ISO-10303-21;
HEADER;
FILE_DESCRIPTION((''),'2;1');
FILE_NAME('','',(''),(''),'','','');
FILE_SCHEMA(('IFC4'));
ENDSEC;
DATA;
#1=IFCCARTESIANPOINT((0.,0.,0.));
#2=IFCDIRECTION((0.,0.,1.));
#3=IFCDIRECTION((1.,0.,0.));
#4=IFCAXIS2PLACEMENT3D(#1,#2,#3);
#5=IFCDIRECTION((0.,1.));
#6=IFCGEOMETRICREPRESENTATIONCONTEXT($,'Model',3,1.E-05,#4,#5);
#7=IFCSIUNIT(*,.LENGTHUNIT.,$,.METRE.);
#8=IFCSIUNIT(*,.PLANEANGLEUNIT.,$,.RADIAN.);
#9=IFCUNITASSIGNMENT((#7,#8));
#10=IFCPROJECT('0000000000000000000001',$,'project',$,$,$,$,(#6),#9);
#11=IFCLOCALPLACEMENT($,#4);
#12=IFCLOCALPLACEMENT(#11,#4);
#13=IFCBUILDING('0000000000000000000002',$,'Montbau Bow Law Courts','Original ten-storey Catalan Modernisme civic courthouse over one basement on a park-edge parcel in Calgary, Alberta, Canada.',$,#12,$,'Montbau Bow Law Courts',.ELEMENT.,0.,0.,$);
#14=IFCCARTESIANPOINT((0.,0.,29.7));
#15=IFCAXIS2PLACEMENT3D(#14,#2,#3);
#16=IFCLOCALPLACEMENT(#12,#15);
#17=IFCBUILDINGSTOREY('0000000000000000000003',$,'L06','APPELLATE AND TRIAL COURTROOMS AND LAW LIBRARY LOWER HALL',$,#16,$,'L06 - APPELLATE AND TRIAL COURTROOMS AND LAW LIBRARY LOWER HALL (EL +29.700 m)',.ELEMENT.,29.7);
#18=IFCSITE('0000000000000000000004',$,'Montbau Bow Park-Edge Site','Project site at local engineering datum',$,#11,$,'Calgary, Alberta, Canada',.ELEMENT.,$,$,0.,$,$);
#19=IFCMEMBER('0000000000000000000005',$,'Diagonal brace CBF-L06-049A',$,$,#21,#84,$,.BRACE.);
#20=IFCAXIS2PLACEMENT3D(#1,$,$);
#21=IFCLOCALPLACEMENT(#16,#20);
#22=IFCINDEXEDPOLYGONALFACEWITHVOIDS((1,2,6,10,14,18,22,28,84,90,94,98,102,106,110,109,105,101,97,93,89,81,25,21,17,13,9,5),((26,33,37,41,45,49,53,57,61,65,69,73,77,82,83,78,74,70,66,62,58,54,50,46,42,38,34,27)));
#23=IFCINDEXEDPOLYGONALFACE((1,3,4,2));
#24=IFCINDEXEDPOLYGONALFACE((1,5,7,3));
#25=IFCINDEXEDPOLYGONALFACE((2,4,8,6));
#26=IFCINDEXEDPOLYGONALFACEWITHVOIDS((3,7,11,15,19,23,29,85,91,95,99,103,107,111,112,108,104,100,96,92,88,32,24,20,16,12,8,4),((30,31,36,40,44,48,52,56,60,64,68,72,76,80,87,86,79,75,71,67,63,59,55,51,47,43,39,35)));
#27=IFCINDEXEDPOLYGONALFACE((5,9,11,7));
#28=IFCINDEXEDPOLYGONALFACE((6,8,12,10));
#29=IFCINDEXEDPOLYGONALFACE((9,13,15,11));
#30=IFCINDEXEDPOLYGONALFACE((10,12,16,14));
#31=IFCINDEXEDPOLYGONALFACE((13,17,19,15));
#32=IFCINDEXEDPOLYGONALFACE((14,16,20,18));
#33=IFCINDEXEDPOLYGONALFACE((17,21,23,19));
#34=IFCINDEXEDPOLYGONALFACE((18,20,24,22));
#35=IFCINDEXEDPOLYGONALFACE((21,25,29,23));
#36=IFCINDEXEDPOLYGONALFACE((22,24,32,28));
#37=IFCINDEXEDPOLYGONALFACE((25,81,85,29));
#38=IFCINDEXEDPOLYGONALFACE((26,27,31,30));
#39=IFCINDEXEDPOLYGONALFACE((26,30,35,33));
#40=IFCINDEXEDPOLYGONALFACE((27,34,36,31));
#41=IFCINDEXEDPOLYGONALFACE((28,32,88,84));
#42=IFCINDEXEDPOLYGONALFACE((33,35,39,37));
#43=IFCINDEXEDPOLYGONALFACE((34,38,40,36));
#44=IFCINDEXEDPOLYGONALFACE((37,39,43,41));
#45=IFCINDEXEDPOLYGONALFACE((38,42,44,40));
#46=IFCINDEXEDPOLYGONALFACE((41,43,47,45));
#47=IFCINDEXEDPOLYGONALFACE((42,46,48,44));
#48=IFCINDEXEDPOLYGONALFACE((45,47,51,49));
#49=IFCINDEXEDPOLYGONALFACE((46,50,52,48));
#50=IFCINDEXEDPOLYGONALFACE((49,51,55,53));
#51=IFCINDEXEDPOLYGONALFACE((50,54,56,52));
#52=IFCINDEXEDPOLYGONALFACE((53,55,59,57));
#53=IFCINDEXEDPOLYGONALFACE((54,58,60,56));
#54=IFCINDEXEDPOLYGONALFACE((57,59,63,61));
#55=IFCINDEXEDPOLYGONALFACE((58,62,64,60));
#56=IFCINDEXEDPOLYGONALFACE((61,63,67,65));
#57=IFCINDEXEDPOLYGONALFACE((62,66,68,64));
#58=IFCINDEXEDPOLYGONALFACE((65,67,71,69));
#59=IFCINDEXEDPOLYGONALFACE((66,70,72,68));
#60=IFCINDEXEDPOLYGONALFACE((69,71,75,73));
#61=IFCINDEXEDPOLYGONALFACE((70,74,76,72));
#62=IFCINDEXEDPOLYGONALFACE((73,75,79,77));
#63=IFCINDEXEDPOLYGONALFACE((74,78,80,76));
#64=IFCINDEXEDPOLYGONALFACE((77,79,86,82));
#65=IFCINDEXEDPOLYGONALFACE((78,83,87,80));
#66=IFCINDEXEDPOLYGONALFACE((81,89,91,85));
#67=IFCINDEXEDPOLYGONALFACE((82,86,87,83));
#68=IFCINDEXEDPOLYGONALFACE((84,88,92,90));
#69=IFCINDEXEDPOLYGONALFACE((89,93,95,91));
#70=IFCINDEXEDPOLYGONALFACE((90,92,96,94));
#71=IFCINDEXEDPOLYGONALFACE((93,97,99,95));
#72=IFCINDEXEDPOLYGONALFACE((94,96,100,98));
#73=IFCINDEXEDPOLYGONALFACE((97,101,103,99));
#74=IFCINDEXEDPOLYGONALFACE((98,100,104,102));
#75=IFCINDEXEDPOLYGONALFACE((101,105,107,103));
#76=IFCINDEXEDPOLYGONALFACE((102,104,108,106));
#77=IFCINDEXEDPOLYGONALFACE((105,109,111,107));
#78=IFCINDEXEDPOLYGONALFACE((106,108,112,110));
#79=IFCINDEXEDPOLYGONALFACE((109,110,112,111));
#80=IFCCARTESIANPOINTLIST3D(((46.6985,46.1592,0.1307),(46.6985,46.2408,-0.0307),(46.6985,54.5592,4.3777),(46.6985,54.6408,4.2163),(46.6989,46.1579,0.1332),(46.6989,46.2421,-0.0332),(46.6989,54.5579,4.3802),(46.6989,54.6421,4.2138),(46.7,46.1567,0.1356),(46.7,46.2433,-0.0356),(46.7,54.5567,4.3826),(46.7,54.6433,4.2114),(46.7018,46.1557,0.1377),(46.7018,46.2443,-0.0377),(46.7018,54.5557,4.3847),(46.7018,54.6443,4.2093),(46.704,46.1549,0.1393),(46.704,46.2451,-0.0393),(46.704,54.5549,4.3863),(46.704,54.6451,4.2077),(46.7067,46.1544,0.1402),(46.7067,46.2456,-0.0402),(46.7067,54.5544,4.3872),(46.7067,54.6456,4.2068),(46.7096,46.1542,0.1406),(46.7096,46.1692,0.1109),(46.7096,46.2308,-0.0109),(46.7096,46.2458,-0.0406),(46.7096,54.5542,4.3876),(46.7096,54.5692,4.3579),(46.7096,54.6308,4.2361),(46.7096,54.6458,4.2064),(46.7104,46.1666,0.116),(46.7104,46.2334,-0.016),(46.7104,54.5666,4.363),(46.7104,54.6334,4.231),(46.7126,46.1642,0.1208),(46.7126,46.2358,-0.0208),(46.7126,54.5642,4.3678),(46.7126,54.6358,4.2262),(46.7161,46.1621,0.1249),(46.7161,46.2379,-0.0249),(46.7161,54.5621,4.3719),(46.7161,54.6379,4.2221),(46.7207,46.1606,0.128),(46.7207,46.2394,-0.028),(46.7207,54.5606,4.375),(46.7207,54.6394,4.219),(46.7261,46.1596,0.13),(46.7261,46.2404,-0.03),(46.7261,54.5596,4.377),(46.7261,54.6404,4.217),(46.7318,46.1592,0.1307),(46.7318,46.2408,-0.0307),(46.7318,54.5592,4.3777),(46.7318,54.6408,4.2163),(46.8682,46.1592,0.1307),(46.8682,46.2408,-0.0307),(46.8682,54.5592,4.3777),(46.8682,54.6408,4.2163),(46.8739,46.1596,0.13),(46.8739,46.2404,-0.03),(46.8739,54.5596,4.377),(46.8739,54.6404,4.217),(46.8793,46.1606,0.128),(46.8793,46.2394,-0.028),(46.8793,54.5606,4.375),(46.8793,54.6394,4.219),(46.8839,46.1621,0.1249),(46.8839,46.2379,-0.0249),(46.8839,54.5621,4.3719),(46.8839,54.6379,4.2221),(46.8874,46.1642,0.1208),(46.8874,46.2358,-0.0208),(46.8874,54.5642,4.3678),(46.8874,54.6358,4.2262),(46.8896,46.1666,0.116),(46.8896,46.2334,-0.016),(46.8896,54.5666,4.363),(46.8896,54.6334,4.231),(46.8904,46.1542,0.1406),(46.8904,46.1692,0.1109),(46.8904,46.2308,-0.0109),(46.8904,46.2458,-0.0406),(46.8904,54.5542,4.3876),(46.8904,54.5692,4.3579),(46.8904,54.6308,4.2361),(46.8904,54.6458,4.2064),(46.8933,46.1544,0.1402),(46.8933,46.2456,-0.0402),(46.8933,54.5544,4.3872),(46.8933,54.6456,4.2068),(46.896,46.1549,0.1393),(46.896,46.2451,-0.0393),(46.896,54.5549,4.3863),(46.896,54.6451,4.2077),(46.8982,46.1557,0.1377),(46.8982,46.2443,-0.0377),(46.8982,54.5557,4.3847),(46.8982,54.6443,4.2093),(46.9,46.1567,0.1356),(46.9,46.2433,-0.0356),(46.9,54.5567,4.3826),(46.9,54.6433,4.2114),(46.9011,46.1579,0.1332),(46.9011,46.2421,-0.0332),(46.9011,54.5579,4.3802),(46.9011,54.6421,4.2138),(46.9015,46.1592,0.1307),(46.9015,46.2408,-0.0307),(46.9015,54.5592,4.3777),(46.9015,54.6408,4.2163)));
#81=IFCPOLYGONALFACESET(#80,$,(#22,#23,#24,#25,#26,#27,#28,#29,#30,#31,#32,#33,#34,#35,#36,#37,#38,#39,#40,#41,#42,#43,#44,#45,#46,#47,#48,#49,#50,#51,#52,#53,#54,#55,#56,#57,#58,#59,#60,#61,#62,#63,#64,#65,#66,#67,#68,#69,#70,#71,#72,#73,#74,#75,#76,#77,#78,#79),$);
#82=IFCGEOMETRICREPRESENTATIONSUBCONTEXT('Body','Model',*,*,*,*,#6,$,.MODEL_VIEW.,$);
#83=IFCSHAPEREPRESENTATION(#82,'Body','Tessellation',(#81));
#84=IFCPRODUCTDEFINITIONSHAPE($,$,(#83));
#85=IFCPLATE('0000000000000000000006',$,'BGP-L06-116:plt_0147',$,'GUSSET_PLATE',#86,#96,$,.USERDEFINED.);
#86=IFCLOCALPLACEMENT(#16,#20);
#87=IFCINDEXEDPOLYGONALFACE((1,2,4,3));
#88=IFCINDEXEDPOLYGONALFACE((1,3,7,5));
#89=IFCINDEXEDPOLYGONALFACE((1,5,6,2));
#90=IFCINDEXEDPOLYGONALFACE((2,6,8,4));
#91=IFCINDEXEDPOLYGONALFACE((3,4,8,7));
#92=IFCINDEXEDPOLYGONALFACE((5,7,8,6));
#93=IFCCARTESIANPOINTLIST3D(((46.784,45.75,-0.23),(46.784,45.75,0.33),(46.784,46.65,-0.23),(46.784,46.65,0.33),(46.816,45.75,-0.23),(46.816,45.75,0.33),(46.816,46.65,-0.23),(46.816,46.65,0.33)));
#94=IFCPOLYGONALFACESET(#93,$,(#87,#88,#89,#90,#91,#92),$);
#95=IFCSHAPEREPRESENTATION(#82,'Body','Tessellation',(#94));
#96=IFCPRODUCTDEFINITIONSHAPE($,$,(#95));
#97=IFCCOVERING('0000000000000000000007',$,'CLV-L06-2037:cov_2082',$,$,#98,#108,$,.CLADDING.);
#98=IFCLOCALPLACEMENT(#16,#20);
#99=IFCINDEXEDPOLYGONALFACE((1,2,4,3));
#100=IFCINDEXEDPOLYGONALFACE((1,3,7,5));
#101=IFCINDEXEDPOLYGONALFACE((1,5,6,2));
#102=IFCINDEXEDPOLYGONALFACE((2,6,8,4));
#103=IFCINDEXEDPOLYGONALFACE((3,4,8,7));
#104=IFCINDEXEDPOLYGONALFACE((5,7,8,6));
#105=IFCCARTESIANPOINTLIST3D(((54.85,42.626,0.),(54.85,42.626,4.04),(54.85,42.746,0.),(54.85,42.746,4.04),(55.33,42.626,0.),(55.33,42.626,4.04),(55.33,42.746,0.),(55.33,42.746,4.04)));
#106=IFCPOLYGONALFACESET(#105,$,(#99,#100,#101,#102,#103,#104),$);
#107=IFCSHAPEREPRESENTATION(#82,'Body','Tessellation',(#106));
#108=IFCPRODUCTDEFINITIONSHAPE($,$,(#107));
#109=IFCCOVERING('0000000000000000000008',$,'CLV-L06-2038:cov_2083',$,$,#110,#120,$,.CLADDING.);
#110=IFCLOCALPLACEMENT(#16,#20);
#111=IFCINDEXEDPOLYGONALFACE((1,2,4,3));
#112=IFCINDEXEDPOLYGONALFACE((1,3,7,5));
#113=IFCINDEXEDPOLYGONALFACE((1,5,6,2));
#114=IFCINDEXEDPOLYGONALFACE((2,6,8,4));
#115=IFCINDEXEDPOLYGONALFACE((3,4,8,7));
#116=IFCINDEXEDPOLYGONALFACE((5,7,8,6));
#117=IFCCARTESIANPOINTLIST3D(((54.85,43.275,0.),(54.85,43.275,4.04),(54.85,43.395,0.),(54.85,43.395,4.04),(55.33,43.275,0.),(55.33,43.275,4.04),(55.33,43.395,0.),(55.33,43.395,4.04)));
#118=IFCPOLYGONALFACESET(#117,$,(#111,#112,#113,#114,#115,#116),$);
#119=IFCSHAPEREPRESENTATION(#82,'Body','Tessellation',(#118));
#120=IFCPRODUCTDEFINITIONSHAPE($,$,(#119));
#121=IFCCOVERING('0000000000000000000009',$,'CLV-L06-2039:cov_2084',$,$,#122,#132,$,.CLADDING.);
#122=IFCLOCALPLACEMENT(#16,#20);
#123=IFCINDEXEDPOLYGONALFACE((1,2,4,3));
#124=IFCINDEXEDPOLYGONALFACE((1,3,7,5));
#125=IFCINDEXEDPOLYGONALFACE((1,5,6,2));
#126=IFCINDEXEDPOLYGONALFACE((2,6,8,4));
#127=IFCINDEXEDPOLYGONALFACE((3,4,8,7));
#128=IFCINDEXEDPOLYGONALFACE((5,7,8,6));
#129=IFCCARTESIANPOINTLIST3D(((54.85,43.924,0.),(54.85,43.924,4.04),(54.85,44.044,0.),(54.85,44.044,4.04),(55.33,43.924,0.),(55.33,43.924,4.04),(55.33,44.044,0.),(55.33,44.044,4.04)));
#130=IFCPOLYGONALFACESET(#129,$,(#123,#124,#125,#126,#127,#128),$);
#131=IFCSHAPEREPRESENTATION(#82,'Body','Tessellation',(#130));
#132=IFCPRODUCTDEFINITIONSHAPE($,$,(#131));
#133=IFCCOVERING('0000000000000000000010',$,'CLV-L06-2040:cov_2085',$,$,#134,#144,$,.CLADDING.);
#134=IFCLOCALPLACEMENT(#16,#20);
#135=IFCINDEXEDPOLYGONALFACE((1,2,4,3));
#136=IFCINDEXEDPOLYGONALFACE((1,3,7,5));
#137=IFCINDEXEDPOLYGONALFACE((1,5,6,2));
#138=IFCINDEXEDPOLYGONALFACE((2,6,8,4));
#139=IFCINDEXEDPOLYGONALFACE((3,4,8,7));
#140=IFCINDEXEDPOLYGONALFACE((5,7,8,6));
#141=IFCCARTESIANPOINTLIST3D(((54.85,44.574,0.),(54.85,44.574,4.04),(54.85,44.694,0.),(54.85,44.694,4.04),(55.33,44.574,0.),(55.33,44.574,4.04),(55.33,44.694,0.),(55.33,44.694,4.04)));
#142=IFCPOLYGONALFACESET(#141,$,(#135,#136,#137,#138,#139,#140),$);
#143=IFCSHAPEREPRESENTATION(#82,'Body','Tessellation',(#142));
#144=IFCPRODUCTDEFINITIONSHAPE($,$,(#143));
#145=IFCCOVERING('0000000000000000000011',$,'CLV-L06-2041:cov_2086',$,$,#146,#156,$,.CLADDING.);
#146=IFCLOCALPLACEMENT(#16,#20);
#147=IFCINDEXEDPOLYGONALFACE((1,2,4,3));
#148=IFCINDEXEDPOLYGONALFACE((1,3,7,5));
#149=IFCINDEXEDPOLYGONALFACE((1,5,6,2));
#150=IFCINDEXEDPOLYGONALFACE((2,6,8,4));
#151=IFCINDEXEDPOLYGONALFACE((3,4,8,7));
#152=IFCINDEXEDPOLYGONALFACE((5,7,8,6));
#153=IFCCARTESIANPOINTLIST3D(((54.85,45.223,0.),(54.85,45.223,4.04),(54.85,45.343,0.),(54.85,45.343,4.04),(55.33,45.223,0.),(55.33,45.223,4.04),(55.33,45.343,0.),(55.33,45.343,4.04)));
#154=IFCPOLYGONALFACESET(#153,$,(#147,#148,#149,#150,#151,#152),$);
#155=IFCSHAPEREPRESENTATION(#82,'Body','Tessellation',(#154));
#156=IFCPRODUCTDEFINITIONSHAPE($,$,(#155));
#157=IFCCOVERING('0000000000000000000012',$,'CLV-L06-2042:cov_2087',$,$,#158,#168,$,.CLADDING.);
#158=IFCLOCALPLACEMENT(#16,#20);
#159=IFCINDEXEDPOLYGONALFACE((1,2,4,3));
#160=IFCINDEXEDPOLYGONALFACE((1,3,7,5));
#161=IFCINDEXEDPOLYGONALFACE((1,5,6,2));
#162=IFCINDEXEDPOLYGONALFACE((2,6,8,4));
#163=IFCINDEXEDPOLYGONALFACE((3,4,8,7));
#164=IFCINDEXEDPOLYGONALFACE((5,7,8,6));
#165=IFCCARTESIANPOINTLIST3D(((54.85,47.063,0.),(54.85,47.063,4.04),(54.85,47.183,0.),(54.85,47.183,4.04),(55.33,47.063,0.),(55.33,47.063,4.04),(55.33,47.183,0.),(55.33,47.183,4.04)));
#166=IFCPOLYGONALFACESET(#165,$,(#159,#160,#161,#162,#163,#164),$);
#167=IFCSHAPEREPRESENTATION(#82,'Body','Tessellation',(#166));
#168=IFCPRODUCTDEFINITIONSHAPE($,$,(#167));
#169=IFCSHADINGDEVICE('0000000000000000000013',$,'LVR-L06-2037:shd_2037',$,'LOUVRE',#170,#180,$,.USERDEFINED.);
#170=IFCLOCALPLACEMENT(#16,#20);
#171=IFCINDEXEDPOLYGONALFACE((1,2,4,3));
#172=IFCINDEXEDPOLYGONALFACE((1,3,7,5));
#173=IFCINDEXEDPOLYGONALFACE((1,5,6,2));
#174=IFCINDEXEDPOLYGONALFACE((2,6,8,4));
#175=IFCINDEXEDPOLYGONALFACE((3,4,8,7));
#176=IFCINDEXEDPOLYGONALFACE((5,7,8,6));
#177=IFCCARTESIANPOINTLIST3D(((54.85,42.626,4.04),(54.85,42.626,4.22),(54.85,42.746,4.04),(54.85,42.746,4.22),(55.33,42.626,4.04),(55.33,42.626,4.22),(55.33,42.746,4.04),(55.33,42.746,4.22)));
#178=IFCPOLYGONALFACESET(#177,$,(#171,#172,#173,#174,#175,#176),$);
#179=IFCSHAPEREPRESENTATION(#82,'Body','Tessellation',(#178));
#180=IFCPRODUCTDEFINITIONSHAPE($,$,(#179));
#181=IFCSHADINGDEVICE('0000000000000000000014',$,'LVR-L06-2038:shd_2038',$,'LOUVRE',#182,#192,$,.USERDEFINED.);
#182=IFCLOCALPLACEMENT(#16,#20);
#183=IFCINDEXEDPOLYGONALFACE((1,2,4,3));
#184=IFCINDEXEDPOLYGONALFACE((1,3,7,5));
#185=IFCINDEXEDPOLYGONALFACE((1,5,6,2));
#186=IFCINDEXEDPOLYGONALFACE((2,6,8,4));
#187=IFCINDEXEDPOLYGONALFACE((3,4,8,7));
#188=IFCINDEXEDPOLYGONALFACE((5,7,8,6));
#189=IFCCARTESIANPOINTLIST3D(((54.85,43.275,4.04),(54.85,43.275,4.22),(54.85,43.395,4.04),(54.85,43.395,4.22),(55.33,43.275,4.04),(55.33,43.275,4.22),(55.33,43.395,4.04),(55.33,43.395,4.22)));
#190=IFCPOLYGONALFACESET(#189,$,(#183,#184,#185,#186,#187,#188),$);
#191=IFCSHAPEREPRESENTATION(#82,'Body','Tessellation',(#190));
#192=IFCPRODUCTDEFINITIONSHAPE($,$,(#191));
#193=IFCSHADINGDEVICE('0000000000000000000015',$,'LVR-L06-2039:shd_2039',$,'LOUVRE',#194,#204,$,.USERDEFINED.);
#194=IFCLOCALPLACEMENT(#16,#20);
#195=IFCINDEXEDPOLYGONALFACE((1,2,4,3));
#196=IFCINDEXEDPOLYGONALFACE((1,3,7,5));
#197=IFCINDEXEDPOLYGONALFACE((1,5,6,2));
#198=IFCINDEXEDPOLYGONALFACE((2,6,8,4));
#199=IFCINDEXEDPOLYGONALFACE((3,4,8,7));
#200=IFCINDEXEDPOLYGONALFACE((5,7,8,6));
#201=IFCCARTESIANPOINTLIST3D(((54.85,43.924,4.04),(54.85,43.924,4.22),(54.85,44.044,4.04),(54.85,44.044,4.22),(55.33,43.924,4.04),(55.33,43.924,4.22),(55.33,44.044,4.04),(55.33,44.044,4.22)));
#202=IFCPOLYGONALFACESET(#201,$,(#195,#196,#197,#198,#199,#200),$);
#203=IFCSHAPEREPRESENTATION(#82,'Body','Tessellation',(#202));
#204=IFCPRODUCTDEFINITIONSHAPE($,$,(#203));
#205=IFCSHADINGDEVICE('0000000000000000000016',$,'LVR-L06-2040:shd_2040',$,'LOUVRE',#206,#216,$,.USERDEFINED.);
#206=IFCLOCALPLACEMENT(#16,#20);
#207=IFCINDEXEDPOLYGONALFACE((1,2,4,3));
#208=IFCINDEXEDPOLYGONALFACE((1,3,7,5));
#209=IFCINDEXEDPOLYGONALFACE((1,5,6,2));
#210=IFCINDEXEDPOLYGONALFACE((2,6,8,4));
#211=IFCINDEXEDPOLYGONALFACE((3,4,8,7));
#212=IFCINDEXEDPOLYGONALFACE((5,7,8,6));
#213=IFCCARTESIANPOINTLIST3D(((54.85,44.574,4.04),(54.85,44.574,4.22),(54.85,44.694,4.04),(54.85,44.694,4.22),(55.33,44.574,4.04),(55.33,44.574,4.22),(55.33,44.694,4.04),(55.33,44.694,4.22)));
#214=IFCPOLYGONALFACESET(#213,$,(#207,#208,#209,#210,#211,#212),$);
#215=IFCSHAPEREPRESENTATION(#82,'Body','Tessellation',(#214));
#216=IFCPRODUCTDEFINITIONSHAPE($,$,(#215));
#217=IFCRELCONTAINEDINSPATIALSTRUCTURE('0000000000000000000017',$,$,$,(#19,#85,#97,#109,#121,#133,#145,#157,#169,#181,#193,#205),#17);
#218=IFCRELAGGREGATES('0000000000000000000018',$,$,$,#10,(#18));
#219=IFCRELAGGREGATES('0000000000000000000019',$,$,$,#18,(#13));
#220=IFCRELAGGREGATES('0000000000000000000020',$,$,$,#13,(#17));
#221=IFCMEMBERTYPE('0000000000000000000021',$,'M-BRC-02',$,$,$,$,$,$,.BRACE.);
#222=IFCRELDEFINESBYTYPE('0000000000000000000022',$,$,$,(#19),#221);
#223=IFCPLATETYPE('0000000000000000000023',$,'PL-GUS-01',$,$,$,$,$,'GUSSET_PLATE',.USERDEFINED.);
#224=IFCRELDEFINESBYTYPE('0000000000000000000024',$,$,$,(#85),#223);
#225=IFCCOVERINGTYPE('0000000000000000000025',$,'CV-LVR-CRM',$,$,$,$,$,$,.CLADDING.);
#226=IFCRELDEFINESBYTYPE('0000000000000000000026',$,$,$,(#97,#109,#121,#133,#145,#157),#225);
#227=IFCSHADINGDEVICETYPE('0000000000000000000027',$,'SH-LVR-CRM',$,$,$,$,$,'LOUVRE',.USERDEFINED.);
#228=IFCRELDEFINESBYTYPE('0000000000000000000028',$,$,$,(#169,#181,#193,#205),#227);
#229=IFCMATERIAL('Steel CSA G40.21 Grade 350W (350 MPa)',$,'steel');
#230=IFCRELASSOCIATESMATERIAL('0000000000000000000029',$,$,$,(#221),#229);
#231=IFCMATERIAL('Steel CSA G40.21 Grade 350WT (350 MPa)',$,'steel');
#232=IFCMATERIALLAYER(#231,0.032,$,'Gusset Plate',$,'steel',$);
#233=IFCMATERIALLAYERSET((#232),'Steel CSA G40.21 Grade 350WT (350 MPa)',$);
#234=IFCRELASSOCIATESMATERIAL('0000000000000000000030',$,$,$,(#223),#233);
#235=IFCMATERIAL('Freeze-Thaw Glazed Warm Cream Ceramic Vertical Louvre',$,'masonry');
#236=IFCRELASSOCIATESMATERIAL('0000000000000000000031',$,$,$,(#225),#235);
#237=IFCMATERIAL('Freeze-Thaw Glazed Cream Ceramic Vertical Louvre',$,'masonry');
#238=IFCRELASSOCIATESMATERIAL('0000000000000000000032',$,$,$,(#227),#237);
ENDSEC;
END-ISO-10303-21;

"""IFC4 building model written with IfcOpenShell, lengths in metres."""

from ifc_helpers import new_model, si_unit, direction, frame, frame_2d, origin_with_axes, origin_2d_with_axis, place, context, subcontext, project, spatial, rectangle, hollow_rectangle, extrude, material, layer, layer_set, material_profile, profile_set, type_object, element, save


model = new_model("IFC4")

# Units and contexts
model_context = context("Model", 3, precision=1e-05, world=origin_with_axes(), true_north=direction((0.0, 1.0)))
body_context = subcontext(model_context, "Body", "Model", "MODEL_VIEW")
ifc_project = project(units=[si_unit("LENGTHUNIT", "METRE"), si_unit("PLANEANGLEUNIT", "RADIAN")], contexts=[model_context])

# Site, building, storey
site_placement = place(None, origin_with_axes())
site = spatial("IfcSite", under=ifc_project, at=site_placement, Name="Montbau Bow Park-Edge Site", Description="Project site at local engineering datum", LongName="Calgary, Alberta, Canada", CompositionType="ELEMENT", RefElevation=0.0)
building_placement = place(site_placement, origin_with_axes())
building = spatial("IfcBuilding", under=site, at=building_placement, Name="Montbau Bow Law Courts", Description="Original ten-storey Catalan Modernisme civic courthouse over one basement on a park-edge parcel in Calgary, Alberta, Canada.", LongName="Montbau Bow Law Courts", CompositionType="ELEMENT", ElevationOfRefHeight=0.0, ElevationOfTerrain=0.0)
storey_placement = place(building_placement, frame((0.0, 0.0, 29.7), z_axis=(0.0, 0.0, 1.0), x_axis=(1.0, 0.0, 0.0)))
storey = spatial("IfcBuildingStorey", under=building, at=storey_placement, Name="L06", Description="APPELLATE AND TRIAL COURTROOMS AND LAW LIBRARY LOWER HALL", LongName="L06 - APPELLATE AND TRIAL COURTROOMS AND LAW LIBRARY LOWER HALL (EL +29.700 m)", CompositionType="ELEMENT", Elevation=29.7)

# Shared definitions
ifc_material_1 = material(Name="Steel CSA G40.21 Grade 350WT (350 MPa)", Category="steel")

# Shared definitions
ifc_material_2 = material(Name="Steel CSA G40.21 Grade 350W (350 MPa)", Category="steel")

# Member
ifc_material_profile_1 = material_profile(ifc_material_2, hollow_rectangle(XDim=0.203, YDim=0.203, WallThickness=0.0111, InnerFilletRadius=0.0222, OuterFilletRadius=0.0111, at=origin_2d_with_axis()), Name="HSS203X203X11", Category="Main", Priority=0)
ifc_profile_set_1 = profile_set([ifc_material_profile_1], Name="Steel CSA G40.21 Grade 350W (350 MPa)")
member_type = type_object("IfcMemberType", Name="M-BRC-02", PredefinedType="BRACE", material=ifc_profile_set_1)
member_placement = place(None, frame((46.8, 46.2, 29.75), z_axis=(0.0, 0.892421, 0.451204), x_axis=(-1.0, 0.0, 0.0)))
element("IfcMember", 1, at=member_placement, inside=storey, type_object=member_type, Name="Diagonal brace CBF-L06-049A", PredefinedType="BRACE", context=body_context, shape_type="SweptSolid", body=[
    extrude(hollow_rectangle(XDim=0.203, YDim=0.203, WallThickness=0.0111, InnerFilletRadius=0.0222, OuterFilletRadius=0.0111, at=origin_2d_with_axis()), origin_with_axes(), (0.0, 0.0, 1.0), 9.4126),
])

# Plate
ifc_layer = layer(ifc_material_1, 0.032, Name="Gusset Plate", Category="steel")
ifc_layer_set = layer_set([ifc_layer], Name="Steel CSA G40.21 Grade 350WT (350 MPa)")
plate_type = type_object("IfcPlateType", Name="PL-GUS-01", ElementType="GUSSET_PLATE", PredefinedType="USERDEFINED", material=ifc_layer_set)
plate_placement = place(None, frame((46.8, 46.2, 29.47), z_axis=(0.0, 0.0, 1.0), x_axis=(0.0, 1.0, 0.0)))
element("IfcPlate", 2, at=plate_placement, inside=storey, type_object=plate_type, Name="BGP-L06-116:plt_0147", ObjectType="GUSSET_PLATE", PredefinedType="USERDEFINED", context=body_context, shape_type="SweptSolid", body=[
    extrude(rectangle(XDim=0.9, YDim=0.032, at=origin_2d_with_axis()), origin_with_axes(), (0.0, 0.0, 1.0), 0.56),
])

# Coverings
ifc_material_3 = material(Name="Freeze-Thaw Glazed Warm Cream Ceramic Vertical Louvre", Category="masonry")
covering_type = type_object("IfcCoveringType", Name="CV-LVR-CRM", PredefinedType="CLADDING", material=ifc_material_3)
for number, where, z_axis, x_axis, name in (
    (3, (55.33, 42.686, 29.7), (0.0, 1.0, 0.0), (-1.0, 0.0, 0.0), "CLV-L06-2037:cov_2082"),
    (4, (55.33, 43.335, 29.7), (0.0, 1.0, 0.0), (-1.0, 0.0, 0.0), "CLV-L06-2038:cov_2083"),
    (5, (55.33, 43.984, 29.7), (0.0, 1.0, 0.0), (-1.0, 0.0, 0.0), "CLV-L06-2039:cov_2084"),
    (6, (55.33, 44.634, 29.7), (0.0, 1.0, 0.0), (-1.0, 0.0, 0.0), "CLV-L06-2040:cov_2085"),
    (7, (55.33, 45.283, 29.7), (0.0, 1.0, 0.0), (-1.0, 0.0, 0.0), "CLV-L06-2041:cov_2086"),
    (8, (55.33, 47.123, 29.7), (0.0, 1.0, 0.0), (-1.0, 0.0, 0.0), "CLV-L06-2042:cov_2087"),
):
    element("IfcCovering", number, at=place(None, frame(where, z_axis=z_axis, x_axis=x_axis)), inside=storey, type_object=covering_type, Name=name, PredefinedType="CLADDING", context=body_context, shape_type="SweptSolid", body=[
        extrude(rectangle(XDim=0.48, YDim=4.04, at=frame_2d((0.24, 2.02), x_axis=(1.0, 0.0))), frame((0.0, 0.0, -0.06), z_axis=(0.0, 0.0, 1.0), x_axis=(1.0, 0.0, 0.0)), (0.0, 0.0, 1.0), 0.12),
    ])

# Shading devices
ifc_material_4 = material(Name="Freeze-Thaw Glazed Cream Ceramic Vertical Louvre", Category="masonry")
shading_device_type_1 = type_object("IfcShadingDeviceType", Name="SH-LVR-CRM", ElementType="LOUVRE", PredefinedType="USERDEFINED", material=ifc_material_4)
for number, where, z_axis, x_axis, name in (
    (9, (55.09, 42.686, 33.74), (0.0, 0.0, 1.0), (-1.0, 0.0, 0.0), "LVR-L06-2037:shd_2037"),
    (10, (55.09, 43.335, 33.74), (0.0, 0.0, 1.0), (-1.0, 0.0, 0.0), "LVR-L06-2038:shd_2038"),
    (11, (55.09, 43.984, 33.74), (0.0, 0.0, 1.0), (-1.0, 0.0, 0.0), "LVR-L06-2039:shd_2039"),
    (12, (55.09, 44.634, 33.74), (0.0, 0.0, 1.0), (-1.0, 0.0, 0.0), "LVR-L06-2040:shd_2040"),
):
    element("IfcShadingDevice", number, at=place(None, frame(where, z_axis=z_axis, x_axis=x_axis)), inside=storey, type_object=shading_device_type_1, Name=name, ObjectType="LOUVRE", PredefinedType="USERDEFINED", context=body_context, shape_type="SweptSolid", body=[
        extrude(rectangle(XDim=0.48, YDim=0.12, at=origin_2d_with_axis()), origin_with_axes(), (0.0, 0.0, 1.0), 0.18),
    ])

save(model, "model.ifc")
